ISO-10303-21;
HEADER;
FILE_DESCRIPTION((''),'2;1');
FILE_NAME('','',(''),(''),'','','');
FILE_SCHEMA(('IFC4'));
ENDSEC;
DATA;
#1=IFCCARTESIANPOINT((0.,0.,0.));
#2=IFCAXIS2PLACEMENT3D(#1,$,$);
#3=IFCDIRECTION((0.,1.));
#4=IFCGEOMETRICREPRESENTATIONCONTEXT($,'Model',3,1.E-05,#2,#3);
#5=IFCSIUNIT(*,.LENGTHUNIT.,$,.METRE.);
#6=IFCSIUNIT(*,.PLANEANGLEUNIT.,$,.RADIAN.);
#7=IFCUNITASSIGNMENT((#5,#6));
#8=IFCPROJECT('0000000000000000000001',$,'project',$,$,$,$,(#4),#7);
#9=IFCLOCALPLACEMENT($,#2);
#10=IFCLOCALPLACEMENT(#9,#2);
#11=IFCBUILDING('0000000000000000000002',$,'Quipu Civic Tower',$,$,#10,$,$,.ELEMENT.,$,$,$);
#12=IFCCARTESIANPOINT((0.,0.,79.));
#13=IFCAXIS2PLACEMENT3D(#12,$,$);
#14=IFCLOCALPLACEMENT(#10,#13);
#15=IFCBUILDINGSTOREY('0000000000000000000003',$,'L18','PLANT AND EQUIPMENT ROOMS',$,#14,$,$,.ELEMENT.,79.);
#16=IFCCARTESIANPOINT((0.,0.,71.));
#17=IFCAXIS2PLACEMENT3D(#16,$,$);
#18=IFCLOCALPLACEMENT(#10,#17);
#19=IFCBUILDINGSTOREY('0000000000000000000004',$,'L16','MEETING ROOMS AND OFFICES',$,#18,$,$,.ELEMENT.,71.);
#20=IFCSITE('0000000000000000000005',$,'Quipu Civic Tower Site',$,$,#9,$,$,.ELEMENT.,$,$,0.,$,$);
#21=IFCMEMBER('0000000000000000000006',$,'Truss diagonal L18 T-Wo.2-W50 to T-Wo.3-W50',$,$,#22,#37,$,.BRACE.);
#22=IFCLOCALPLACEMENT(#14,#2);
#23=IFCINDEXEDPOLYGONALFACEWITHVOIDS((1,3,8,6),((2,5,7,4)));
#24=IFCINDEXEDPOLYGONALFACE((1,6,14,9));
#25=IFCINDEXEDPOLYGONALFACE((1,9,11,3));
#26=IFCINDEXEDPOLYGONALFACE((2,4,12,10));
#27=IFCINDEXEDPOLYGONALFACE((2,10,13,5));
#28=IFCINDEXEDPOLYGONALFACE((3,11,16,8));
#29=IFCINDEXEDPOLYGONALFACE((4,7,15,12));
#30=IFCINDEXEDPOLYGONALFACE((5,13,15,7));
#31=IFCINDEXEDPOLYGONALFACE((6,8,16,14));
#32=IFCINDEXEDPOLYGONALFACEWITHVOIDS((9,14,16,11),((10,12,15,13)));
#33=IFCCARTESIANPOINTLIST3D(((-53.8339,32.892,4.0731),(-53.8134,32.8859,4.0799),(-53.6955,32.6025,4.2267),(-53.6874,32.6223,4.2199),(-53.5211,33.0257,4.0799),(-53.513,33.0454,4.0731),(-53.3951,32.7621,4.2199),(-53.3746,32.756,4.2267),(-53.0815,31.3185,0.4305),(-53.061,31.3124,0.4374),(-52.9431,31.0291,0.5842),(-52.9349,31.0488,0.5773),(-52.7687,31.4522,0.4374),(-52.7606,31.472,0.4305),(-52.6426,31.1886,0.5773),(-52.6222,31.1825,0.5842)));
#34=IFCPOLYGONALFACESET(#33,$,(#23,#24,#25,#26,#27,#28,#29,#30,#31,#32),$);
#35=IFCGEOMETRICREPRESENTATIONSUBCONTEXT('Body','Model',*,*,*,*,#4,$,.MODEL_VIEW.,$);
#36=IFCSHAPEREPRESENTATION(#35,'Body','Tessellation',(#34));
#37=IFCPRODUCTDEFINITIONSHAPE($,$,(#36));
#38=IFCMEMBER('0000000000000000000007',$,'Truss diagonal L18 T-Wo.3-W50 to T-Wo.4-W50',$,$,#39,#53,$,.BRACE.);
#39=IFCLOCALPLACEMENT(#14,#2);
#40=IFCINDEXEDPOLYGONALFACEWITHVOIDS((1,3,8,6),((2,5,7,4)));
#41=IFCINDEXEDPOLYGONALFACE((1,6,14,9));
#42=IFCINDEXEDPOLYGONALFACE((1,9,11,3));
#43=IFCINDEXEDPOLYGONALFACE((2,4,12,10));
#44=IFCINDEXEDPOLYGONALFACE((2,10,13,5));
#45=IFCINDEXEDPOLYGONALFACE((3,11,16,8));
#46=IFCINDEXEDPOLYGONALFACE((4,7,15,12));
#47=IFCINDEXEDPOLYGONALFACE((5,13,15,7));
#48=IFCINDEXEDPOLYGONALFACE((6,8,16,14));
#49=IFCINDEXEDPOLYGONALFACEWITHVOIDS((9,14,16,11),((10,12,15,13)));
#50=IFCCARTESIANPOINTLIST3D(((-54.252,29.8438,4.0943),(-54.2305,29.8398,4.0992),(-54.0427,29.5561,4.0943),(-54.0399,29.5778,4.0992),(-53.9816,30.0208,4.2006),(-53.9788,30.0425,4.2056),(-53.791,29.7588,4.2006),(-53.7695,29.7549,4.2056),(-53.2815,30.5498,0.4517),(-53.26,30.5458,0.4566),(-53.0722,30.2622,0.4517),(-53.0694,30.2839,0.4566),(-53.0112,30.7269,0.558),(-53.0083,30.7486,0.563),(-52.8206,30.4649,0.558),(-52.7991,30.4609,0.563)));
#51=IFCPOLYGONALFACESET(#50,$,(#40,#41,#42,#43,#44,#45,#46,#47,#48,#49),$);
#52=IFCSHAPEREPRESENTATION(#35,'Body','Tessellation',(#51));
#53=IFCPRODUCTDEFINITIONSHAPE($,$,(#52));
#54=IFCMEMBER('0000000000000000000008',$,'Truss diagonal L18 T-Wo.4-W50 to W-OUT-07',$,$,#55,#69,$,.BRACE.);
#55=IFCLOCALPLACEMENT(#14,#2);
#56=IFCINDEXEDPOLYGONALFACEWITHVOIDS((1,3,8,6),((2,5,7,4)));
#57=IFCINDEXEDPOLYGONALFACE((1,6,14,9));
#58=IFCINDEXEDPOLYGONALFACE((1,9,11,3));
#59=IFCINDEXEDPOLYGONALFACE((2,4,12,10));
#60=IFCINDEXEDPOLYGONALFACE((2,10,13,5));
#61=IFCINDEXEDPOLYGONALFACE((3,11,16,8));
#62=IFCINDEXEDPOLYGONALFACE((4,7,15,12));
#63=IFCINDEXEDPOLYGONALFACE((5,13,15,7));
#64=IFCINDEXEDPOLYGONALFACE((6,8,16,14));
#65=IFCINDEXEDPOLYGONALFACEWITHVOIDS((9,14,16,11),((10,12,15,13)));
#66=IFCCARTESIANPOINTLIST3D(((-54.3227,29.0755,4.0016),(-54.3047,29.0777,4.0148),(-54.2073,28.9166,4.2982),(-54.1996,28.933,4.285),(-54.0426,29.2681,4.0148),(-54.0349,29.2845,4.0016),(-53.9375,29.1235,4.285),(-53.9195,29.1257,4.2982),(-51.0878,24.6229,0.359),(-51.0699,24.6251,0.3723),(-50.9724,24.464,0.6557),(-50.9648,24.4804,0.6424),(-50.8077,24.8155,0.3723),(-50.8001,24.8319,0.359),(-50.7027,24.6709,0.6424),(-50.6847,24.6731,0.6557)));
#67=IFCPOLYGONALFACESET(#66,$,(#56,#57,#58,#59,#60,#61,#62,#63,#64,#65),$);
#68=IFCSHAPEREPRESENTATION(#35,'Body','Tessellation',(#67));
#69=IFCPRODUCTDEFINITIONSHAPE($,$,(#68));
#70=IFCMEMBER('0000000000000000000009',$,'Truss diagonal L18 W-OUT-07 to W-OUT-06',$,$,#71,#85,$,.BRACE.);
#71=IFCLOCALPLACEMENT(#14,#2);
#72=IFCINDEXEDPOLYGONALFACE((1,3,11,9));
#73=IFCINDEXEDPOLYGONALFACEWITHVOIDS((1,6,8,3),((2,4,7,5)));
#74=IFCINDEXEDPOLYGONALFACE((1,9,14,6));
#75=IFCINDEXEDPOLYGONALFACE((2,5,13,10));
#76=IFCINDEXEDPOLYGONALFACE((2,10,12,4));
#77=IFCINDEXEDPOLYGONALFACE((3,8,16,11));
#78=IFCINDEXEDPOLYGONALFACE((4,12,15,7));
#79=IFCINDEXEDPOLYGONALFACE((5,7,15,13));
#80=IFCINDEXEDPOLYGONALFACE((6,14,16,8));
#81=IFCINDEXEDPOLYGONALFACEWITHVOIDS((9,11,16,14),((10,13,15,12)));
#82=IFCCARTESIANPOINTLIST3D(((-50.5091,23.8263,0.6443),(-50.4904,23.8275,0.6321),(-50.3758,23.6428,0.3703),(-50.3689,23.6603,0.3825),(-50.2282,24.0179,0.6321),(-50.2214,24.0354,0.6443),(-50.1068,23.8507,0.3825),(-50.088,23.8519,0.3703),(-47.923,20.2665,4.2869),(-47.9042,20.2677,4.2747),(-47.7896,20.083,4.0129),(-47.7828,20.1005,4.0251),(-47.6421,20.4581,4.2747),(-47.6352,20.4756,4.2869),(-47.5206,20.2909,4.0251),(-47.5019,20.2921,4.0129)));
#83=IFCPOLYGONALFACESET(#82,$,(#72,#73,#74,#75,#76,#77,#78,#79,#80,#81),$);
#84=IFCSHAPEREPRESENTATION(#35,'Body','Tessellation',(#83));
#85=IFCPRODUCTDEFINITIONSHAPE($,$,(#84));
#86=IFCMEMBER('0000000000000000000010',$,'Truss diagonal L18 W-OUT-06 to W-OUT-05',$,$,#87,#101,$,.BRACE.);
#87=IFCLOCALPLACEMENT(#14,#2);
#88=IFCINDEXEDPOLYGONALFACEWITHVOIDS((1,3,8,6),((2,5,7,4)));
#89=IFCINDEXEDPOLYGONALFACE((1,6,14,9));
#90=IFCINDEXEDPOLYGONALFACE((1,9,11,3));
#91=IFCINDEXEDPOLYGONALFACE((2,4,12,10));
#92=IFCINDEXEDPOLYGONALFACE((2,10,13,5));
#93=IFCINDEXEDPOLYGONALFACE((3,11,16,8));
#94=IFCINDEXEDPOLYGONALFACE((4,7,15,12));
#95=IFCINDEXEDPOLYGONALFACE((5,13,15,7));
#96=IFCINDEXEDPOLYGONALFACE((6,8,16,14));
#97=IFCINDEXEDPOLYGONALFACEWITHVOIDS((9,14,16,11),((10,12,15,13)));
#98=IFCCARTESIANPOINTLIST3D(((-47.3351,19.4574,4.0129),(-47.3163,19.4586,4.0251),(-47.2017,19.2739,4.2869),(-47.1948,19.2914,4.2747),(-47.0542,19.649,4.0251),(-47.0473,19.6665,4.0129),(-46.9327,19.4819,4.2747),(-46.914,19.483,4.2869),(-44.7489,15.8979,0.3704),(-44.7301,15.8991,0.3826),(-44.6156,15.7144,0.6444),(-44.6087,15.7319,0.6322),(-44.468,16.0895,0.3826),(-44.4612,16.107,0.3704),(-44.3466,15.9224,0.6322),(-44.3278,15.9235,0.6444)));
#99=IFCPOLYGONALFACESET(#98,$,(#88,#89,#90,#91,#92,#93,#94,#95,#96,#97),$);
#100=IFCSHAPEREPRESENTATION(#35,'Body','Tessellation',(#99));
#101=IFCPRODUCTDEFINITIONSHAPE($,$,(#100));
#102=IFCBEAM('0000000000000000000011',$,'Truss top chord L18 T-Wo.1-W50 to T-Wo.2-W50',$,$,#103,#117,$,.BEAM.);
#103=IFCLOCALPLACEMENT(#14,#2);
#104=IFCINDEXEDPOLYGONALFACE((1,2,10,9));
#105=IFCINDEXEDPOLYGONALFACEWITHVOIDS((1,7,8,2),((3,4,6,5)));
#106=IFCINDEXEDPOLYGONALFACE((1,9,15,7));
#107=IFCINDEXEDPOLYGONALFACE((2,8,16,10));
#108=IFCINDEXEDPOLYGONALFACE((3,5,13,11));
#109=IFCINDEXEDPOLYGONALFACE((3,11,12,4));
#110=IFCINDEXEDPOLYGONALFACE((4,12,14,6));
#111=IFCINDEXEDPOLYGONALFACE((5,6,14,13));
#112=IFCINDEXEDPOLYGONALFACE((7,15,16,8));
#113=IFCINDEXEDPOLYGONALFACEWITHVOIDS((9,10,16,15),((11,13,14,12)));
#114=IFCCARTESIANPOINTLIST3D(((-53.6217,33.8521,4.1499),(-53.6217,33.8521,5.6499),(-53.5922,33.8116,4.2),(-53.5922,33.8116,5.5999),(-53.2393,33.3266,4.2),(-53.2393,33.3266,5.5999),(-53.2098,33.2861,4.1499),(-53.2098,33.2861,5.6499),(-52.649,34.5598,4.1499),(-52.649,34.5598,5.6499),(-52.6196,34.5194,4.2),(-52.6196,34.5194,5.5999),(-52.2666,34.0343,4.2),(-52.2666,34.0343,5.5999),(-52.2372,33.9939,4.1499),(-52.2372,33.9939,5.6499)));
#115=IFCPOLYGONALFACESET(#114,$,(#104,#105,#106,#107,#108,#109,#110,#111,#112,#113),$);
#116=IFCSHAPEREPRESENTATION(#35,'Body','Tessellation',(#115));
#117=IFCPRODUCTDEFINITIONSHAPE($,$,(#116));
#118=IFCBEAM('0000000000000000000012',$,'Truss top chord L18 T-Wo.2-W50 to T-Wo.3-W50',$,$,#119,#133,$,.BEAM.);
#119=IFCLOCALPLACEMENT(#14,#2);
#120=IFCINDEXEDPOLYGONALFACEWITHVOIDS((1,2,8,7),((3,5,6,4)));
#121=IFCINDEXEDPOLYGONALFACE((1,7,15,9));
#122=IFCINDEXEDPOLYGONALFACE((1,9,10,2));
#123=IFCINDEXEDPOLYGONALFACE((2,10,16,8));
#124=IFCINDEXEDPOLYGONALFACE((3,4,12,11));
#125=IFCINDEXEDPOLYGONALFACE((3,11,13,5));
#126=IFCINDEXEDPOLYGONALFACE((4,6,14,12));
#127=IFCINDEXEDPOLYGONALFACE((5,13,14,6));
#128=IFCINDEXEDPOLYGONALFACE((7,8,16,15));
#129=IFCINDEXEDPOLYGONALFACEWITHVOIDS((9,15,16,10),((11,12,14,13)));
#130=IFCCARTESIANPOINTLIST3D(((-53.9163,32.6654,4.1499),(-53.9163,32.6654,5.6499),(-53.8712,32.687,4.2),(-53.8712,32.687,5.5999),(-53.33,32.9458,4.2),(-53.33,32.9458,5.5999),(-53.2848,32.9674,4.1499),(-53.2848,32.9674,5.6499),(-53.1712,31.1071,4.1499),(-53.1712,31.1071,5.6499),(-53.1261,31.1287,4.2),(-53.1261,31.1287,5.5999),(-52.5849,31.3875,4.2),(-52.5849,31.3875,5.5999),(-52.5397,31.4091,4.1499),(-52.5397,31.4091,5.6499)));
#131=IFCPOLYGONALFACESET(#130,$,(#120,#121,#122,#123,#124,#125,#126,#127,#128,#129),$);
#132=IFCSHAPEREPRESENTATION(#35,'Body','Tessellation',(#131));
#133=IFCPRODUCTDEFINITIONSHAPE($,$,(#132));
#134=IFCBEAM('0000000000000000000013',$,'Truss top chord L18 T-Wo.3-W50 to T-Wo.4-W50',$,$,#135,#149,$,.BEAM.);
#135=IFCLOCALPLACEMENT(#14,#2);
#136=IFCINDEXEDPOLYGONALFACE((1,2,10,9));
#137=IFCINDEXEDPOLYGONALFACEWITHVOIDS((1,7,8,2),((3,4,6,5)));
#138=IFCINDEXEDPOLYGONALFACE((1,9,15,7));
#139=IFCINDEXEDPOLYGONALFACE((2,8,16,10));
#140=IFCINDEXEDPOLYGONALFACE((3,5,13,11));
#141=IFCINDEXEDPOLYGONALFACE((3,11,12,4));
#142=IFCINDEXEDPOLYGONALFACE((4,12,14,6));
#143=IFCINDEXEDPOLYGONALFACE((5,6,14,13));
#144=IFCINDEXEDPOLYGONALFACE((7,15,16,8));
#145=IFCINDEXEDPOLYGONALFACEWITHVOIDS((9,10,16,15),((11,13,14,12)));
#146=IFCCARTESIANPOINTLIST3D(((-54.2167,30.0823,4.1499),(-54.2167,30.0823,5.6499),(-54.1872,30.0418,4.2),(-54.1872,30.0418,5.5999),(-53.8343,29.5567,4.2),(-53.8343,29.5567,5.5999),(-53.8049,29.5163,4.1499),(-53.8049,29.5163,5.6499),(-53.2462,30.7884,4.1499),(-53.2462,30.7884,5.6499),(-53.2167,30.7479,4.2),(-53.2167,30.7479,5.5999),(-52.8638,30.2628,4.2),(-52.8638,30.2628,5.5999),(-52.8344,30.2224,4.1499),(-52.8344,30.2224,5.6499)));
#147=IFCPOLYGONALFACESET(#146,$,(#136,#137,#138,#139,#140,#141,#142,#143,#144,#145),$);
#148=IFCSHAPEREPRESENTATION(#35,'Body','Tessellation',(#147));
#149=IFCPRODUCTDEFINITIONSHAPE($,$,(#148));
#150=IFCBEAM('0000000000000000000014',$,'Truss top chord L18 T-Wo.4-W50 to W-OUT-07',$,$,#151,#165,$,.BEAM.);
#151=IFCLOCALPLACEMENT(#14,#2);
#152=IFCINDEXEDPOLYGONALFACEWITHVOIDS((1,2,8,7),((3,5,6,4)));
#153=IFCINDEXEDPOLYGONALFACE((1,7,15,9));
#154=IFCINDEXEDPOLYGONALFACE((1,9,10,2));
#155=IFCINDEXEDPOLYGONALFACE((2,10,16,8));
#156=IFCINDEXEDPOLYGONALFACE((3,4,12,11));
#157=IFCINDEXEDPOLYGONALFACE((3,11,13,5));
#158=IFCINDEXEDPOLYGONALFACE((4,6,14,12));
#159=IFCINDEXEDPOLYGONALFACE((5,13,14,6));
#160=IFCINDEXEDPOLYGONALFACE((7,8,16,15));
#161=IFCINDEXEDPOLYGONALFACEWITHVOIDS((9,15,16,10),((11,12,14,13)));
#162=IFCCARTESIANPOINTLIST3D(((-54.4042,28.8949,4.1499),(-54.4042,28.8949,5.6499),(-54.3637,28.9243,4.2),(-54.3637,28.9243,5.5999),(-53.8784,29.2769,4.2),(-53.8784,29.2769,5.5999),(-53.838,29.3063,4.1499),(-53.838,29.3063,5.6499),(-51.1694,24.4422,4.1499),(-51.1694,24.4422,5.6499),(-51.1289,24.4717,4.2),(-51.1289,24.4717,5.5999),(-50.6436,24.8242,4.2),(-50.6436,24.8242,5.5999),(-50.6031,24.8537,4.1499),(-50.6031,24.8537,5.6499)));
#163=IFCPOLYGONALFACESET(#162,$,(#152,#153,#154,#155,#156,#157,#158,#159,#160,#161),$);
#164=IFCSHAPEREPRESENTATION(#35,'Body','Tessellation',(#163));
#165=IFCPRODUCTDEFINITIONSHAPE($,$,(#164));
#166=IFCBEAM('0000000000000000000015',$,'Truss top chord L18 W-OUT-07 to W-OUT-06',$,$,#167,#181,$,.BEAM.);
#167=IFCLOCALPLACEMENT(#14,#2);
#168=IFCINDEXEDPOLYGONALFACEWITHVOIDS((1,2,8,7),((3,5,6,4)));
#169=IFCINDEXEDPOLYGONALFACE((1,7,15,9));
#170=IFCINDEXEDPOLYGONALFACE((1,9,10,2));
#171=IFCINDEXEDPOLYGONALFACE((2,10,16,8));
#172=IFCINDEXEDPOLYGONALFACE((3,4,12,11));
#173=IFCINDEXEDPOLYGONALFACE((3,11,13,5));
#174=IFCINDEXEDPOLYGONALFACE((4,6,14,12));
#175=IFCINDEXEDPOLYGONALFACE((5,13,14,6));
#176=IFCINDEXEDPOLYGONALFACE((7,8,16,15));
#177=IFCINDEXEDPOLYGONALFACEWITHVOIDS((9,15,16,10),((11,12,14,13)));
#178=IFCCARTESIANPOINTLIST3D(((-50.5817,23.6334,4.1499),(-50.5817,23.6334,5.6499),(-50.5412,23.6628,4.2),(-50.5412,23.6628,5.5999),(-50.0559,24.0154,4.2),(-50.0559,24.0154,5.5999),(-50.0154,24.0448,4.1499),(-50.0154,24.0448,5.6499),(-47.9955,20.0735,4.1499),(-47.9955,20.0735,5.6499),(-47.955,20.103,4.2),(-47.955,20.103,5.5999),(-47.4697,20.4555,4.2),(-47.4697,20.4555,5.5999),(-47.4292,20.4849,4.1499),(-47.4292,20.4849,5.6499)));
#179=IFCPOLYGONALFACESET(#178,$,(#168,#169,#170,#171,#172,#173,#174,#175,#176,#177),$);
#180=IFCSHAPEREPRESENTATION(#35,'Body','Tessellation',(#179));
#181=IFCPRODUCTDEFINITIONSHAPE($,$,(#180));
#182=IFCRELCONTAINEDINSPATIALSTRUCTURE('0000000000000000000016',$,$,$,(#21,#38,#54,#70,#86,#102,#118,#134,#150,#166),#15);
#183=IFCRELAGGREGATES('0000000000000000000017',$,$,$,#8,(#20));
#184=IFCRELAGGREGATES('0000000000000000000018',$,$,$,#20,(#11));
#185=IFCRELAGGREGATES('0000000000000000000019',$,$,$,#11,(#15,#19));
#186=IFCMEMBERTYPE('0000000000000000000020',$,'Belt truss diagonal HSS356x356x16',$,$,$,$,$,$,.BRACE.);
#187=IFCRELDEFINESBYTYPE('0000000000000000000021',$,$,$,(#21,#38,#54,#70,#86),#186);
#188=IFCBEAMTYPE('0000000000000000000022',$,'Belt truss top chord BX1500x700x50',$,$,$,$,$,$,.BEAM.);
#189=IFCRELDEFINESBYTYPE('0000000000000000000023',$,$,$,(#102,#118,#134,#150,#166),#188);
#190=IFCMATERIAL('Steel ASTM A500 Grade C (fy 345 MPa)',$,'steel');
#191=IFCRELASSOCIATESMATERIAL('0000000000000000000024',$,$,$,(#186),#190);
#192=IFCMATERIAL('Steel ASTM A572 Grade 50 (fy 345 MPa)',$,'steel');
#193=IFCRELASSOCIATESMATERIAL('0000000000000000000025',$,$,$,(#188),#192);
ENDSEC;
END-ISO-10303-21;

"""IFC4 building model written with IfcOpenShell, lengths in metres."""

from ifc_helpers import new_model, si_unit, direction, frame, origin, origin_2d, place, context, subcontext, project, spatial, hollow_rectangle, extrude, material, material_profile, profile_set, type_object, element, save


model = new_model("IFC4")

# Units and contexts
model_context = context("Model", 3, precision=1e-05, world=origin(), true_north=direction((0.0, 1.0)))
body_context = subcontext(model_context, "Body", "Model", "MODEL_VIEW")
ifc_project = project(units=[si_unit("LENGTHUNIT", "METRE"), si_unit("PLANEANGLEUNIT", "RADIAN")], contexts=[model_context])

# Site, building, storey
site_placement = place(None, origin())
site = spatial("IfcSite", under=ifc_project, at=site_placement, Name="Quipu Civic Tower Site", CompositionType="ELEMENT", RefElevation=0.0)
building_placement = place(site_placement, origin())
building = spatial("IfcBuilding", under=site, at=building_placement, Name="Quipu Civic Tower", CompositionType="ELEMENT")
storey_1_placement = place(building_placement, frame((0.0, 0.0, 79.0)))
storey_1 = spatial("IfcBuildingStorey", under=building, at=storey_1_placement, Name="L18", Description="PLANT AND EQUIPMENT ROOMS", CompositionType="ELEMENT", Elevation=79.0)

# Members
ifc_material_1 = material(Name="Steel ASTM A500 Grade C (fy 345 MPa)", Category="steel")
ifc_material_profile_1 = material_profile(ifc_material_1, hollow_rectangle(XDim=0.3557, YDim=0.3557, WallThickness=0.0159, at=origin_2d()), Name="HSS356x356x16")
ifc_profile_set_1 = profile_set([ifc_material_profile_1], Name="Steel ASTM A500 Grade C (fy 345 MPa)")
member_type_1 = type_object("IfcMemberType", Name="Belt truss diagonal HSS356x356x16", PredefinedType="BRACE", material=ifc_profile_set_1)
member_1_placement = place(storey_1_placement, frame((-53.6042, 32.824, 4.1499), z_axis=(0.186312, -0.38961, -0.901938), x_axis=(0.902156, 0.431411, 0.0)))
element("IfcMember", 1, at=member_1_placement, inside=storey_1, type_object=member_type_1, Name="Truss diagonal L18 T-Wo.2-W50 to T-Wo.3-W50", PredefinedType="BRACE", context=body_context, shape_type="SweptSolid", body=[
    extrude(hollow_rectangle(XDim=0.3557, YDim=0.3557, WallThickness=0.0159, at=origin_2d()), origin(), (0.0, 0.0, 1.0), 4.0386),
])
member_2_placement = place(storey_1_placement, frame((-53.0403, 30.5054, 0.5073), z_axis=(-0.253041, -0.184099, 0.949778), x_axis=(0.588317, -0.808631, 0.0)))
element("IfcMember", 2, at=member_2_placement, inside=storey_1, type_object=member_type_1, Name="Truss diagonal L18 T-Wo.3-W50 to T-Wo.4-W50", PredefinedType="BRACE", context=body_context, shape_type="SweptSolid", body=[
    extrude(hollow_rectangle(XDim=0.3557, YDim=0.3557, WallThickness=0.0159, at=origin_2d()), origin(), (0.0, 0.0, 1.0), 3.8352),
])
member_3_placement = place(storey_1_placement, frame((-54.1211, 29.1006, 4.1499), z_axis=(0.490138, -0.674652, -0.551914), x_axis=(0.809031, 0.587765, 0.0)))
element("IfcMember", 3, at=member_3_placement, inside=storey_1, type_object=member_type_1, Name="Truss diagonal L18 T-Wo.4-W50 to W-OUT-07", PredefinedType="BRACE", context=body_context, shape_type="SweptSolid", body=[
    extrude(hollow_rectangle(XDim=0.3557, YDim=0.3557, WallThickness=0.0159, at=origin_2d()), origin(), (0.0, 0.0, 1.0), 6.5999),
])
member_4_placement = place(storey_1_placement, frame((-50.2986, 23.8391, 0.5073), z_axis=(0.452749, -0.623197, 0.637686), x_axis=(0.809036, 0.587759, 0.0)))
element("IfcMember", 4, at=member_4_placement, inside=storey_1, type_object=member_type_1, Name="Truss diagonal L18 W-OUT-07 to W-OUT-06", PredefinedType="BRACE", context=body_context, shape_type="SweptSolid", body=[
    extrude(hollow_rectangle(XDim=0.3557, YDim=0.3557, WallThickness=0.0159, at=origin_2d()), origin(), (0.0, 0.0, 1.0), 5.7122),
])
member_5_placement = place(storey_1_placement, frame((-47.1245, 19.4702, 4.1499), z_axis=(0.452761, -0.623171, -0.637703), x_axis=(0.809017, 0.587786, 0.0)))
element("IfcMember", 5, at=member_5_placement, inside=storey_1, type_object=member_type_1, Name="Truss diagonal L18 W-OUT-06 to W-OUT-05", PredefinedType="BRACE", context=body_context, shape_type="SweptSolid", body=[
    extrude(hollow_rectangle(XDim=0.3557, YDim=0.3557, WallThickness=0.0159, at=origin_2d()), origin(), (0.0, 0.0, 1.0), 5.7119),
])

# Beams
ifc_material_2 = material(Name="Steel ASTM A572 Grade 50 (fy 345 MPa)", Category="steel")
ifc_material_profile_2 = material_profile(ifc_material_2, hollow_rectangle(XDim=0.7, YDim=1.5, WallThickness=0.05, at=origin_2d()), Name="BX1500x700x50")
ifc_profile_set_2 = profile_set([ifc_material_profile_2], Name="Steel ASTM A572 Grade 50 (fy 345 MPa)")
beam_type_1 = type_object("IfcBeamType", Name="Belt truss top chord BX1500x700x50", PredefinedType="BEAM", material=ifc_profile_set_2)
beam_1_placement = place(storey_1_placement, frame((-52.4431, 34.2769, 4.8999), z_axis=(-0.808587, -0.588377, 0.0), x_axis=(0.588377, -0.808587, 0.0)))
element("IfcBeam", 6, at=beam_1_placement, inside=storey_1, type_object=beam_type_1, Name="Truss top chord L18 T-Wo.1-W50 to T-Wo.2-W50", PredefinedType="BEAM", context=body_context, shape_type="SweptSolid", body=[
    extrude(hollow_rectangle(XDim=0.7, YDim=1.5, WallThickness=0.05, at=origin_2d()), origin(), (0.0, 0.0, 1.0), 1.2029),
])
beam_2_placement = place(storey_1_placement, frame((-53.6006, 32.8164, 4.8999), z_axis=(0.43137, -0.902175, 0.0), x_axis=(0.902175, 0.43137, 0.0)))
element("IfcBeam", 7, at=beam_2_placement, inside=storey_1, type_object=beam_type_1, Name="Truss top chord L18 T-Wo.2-W50 to T-Wo.3-W50", PredefinedType="BEAM", context=body_context, shape_type="SweptSolid", body=[
    extrude(hollow_rectangle(XDim=0.7, YDim=1.5, WallThickness=0.05, at=origin_2d()), origin(), (0.0, 0.0, 1.0), 1.7273),
])
beam_3_placement = place(storey_1_placement, frame((-53.0403, 30.5054, 4.8999), z_axis=(-0.808631, -0.588317, 0.0), x_axis=(0.588317, -0.808631, 0.0)))
element("IfcBeam", 8, at=beam_3_placement, inside=storey_1, type_object=beam_type_1, Name="Truss top chord L18 T-Wo.3-W50 to T-Wo.4-W50", PredefinedType="BEAM", context=body_context, shape_type="SweptSolid", body=[
    extrude(hollow_rectangle(XDim=0.7, YDim=1.5, WallThickness=0.05, at=origin_2d()), origin(), (0.0, 0.0, 1.0), 1.2002),
])
beam_4_placement = place(storey_1_placement, frame((-54.1211, 29.1006, 4.8999), z_axis=(0.587765, -0.809031, 0.0), x_axis=(0.809031, 0.587765, 0.0)))
element("IfcBeam", 9, at=beam_4_placement, inside=storey_1, type_object=beam_type_1, Name="Truss top chord L18 T-Wo.4-W50 to W-OUT-07", PredefinedType="BEAM", context=body_context, shape_type="SweptSolid", body=[
    extrude(hollow_rectangle(XDim=0.7, YDim=1.5, WallThickness=0.05, at=origin_2d()), origin(), (0.0, 0.0, 1.0), 5.5037),
])
beam_5_placement = place(storey_1_placement, frame((-50.2986, 23.8391, 4.8999), z_axis=(0.587759, -0.809036, 0.0), x_axis=(0.809036, 0.587759, 0.0)))
element("IfcBeam", 10, at=beam_5_placement, inside=storey_1, type_object=beam_type_1, Name="Truss top chord L18 W-OUT-07 to W-OUT-06", PredefinedType="BEAM", context=body_context, shape_type="SweptSolid", body=[
    extrude(hollow_rectangle(XDim=0.7, YDim=1.5, WallThickness=0.05, at=origin_2d()), origin(), (0.0, 0.0, 1.0), 4.4001),
])

# Shared definitions
storey_2_placement = place(building_placement, frame((0.0, 0.0, 71.0)))
storey_2 = spatial("IfcBuildingStorey", under=building, at=storey_2_placement, Name="L16", Description="MEETING ROOMS AND OFFICES", CompositionType="ELEMENT", Elevation=71.0)

save(model, "model.ifc")
